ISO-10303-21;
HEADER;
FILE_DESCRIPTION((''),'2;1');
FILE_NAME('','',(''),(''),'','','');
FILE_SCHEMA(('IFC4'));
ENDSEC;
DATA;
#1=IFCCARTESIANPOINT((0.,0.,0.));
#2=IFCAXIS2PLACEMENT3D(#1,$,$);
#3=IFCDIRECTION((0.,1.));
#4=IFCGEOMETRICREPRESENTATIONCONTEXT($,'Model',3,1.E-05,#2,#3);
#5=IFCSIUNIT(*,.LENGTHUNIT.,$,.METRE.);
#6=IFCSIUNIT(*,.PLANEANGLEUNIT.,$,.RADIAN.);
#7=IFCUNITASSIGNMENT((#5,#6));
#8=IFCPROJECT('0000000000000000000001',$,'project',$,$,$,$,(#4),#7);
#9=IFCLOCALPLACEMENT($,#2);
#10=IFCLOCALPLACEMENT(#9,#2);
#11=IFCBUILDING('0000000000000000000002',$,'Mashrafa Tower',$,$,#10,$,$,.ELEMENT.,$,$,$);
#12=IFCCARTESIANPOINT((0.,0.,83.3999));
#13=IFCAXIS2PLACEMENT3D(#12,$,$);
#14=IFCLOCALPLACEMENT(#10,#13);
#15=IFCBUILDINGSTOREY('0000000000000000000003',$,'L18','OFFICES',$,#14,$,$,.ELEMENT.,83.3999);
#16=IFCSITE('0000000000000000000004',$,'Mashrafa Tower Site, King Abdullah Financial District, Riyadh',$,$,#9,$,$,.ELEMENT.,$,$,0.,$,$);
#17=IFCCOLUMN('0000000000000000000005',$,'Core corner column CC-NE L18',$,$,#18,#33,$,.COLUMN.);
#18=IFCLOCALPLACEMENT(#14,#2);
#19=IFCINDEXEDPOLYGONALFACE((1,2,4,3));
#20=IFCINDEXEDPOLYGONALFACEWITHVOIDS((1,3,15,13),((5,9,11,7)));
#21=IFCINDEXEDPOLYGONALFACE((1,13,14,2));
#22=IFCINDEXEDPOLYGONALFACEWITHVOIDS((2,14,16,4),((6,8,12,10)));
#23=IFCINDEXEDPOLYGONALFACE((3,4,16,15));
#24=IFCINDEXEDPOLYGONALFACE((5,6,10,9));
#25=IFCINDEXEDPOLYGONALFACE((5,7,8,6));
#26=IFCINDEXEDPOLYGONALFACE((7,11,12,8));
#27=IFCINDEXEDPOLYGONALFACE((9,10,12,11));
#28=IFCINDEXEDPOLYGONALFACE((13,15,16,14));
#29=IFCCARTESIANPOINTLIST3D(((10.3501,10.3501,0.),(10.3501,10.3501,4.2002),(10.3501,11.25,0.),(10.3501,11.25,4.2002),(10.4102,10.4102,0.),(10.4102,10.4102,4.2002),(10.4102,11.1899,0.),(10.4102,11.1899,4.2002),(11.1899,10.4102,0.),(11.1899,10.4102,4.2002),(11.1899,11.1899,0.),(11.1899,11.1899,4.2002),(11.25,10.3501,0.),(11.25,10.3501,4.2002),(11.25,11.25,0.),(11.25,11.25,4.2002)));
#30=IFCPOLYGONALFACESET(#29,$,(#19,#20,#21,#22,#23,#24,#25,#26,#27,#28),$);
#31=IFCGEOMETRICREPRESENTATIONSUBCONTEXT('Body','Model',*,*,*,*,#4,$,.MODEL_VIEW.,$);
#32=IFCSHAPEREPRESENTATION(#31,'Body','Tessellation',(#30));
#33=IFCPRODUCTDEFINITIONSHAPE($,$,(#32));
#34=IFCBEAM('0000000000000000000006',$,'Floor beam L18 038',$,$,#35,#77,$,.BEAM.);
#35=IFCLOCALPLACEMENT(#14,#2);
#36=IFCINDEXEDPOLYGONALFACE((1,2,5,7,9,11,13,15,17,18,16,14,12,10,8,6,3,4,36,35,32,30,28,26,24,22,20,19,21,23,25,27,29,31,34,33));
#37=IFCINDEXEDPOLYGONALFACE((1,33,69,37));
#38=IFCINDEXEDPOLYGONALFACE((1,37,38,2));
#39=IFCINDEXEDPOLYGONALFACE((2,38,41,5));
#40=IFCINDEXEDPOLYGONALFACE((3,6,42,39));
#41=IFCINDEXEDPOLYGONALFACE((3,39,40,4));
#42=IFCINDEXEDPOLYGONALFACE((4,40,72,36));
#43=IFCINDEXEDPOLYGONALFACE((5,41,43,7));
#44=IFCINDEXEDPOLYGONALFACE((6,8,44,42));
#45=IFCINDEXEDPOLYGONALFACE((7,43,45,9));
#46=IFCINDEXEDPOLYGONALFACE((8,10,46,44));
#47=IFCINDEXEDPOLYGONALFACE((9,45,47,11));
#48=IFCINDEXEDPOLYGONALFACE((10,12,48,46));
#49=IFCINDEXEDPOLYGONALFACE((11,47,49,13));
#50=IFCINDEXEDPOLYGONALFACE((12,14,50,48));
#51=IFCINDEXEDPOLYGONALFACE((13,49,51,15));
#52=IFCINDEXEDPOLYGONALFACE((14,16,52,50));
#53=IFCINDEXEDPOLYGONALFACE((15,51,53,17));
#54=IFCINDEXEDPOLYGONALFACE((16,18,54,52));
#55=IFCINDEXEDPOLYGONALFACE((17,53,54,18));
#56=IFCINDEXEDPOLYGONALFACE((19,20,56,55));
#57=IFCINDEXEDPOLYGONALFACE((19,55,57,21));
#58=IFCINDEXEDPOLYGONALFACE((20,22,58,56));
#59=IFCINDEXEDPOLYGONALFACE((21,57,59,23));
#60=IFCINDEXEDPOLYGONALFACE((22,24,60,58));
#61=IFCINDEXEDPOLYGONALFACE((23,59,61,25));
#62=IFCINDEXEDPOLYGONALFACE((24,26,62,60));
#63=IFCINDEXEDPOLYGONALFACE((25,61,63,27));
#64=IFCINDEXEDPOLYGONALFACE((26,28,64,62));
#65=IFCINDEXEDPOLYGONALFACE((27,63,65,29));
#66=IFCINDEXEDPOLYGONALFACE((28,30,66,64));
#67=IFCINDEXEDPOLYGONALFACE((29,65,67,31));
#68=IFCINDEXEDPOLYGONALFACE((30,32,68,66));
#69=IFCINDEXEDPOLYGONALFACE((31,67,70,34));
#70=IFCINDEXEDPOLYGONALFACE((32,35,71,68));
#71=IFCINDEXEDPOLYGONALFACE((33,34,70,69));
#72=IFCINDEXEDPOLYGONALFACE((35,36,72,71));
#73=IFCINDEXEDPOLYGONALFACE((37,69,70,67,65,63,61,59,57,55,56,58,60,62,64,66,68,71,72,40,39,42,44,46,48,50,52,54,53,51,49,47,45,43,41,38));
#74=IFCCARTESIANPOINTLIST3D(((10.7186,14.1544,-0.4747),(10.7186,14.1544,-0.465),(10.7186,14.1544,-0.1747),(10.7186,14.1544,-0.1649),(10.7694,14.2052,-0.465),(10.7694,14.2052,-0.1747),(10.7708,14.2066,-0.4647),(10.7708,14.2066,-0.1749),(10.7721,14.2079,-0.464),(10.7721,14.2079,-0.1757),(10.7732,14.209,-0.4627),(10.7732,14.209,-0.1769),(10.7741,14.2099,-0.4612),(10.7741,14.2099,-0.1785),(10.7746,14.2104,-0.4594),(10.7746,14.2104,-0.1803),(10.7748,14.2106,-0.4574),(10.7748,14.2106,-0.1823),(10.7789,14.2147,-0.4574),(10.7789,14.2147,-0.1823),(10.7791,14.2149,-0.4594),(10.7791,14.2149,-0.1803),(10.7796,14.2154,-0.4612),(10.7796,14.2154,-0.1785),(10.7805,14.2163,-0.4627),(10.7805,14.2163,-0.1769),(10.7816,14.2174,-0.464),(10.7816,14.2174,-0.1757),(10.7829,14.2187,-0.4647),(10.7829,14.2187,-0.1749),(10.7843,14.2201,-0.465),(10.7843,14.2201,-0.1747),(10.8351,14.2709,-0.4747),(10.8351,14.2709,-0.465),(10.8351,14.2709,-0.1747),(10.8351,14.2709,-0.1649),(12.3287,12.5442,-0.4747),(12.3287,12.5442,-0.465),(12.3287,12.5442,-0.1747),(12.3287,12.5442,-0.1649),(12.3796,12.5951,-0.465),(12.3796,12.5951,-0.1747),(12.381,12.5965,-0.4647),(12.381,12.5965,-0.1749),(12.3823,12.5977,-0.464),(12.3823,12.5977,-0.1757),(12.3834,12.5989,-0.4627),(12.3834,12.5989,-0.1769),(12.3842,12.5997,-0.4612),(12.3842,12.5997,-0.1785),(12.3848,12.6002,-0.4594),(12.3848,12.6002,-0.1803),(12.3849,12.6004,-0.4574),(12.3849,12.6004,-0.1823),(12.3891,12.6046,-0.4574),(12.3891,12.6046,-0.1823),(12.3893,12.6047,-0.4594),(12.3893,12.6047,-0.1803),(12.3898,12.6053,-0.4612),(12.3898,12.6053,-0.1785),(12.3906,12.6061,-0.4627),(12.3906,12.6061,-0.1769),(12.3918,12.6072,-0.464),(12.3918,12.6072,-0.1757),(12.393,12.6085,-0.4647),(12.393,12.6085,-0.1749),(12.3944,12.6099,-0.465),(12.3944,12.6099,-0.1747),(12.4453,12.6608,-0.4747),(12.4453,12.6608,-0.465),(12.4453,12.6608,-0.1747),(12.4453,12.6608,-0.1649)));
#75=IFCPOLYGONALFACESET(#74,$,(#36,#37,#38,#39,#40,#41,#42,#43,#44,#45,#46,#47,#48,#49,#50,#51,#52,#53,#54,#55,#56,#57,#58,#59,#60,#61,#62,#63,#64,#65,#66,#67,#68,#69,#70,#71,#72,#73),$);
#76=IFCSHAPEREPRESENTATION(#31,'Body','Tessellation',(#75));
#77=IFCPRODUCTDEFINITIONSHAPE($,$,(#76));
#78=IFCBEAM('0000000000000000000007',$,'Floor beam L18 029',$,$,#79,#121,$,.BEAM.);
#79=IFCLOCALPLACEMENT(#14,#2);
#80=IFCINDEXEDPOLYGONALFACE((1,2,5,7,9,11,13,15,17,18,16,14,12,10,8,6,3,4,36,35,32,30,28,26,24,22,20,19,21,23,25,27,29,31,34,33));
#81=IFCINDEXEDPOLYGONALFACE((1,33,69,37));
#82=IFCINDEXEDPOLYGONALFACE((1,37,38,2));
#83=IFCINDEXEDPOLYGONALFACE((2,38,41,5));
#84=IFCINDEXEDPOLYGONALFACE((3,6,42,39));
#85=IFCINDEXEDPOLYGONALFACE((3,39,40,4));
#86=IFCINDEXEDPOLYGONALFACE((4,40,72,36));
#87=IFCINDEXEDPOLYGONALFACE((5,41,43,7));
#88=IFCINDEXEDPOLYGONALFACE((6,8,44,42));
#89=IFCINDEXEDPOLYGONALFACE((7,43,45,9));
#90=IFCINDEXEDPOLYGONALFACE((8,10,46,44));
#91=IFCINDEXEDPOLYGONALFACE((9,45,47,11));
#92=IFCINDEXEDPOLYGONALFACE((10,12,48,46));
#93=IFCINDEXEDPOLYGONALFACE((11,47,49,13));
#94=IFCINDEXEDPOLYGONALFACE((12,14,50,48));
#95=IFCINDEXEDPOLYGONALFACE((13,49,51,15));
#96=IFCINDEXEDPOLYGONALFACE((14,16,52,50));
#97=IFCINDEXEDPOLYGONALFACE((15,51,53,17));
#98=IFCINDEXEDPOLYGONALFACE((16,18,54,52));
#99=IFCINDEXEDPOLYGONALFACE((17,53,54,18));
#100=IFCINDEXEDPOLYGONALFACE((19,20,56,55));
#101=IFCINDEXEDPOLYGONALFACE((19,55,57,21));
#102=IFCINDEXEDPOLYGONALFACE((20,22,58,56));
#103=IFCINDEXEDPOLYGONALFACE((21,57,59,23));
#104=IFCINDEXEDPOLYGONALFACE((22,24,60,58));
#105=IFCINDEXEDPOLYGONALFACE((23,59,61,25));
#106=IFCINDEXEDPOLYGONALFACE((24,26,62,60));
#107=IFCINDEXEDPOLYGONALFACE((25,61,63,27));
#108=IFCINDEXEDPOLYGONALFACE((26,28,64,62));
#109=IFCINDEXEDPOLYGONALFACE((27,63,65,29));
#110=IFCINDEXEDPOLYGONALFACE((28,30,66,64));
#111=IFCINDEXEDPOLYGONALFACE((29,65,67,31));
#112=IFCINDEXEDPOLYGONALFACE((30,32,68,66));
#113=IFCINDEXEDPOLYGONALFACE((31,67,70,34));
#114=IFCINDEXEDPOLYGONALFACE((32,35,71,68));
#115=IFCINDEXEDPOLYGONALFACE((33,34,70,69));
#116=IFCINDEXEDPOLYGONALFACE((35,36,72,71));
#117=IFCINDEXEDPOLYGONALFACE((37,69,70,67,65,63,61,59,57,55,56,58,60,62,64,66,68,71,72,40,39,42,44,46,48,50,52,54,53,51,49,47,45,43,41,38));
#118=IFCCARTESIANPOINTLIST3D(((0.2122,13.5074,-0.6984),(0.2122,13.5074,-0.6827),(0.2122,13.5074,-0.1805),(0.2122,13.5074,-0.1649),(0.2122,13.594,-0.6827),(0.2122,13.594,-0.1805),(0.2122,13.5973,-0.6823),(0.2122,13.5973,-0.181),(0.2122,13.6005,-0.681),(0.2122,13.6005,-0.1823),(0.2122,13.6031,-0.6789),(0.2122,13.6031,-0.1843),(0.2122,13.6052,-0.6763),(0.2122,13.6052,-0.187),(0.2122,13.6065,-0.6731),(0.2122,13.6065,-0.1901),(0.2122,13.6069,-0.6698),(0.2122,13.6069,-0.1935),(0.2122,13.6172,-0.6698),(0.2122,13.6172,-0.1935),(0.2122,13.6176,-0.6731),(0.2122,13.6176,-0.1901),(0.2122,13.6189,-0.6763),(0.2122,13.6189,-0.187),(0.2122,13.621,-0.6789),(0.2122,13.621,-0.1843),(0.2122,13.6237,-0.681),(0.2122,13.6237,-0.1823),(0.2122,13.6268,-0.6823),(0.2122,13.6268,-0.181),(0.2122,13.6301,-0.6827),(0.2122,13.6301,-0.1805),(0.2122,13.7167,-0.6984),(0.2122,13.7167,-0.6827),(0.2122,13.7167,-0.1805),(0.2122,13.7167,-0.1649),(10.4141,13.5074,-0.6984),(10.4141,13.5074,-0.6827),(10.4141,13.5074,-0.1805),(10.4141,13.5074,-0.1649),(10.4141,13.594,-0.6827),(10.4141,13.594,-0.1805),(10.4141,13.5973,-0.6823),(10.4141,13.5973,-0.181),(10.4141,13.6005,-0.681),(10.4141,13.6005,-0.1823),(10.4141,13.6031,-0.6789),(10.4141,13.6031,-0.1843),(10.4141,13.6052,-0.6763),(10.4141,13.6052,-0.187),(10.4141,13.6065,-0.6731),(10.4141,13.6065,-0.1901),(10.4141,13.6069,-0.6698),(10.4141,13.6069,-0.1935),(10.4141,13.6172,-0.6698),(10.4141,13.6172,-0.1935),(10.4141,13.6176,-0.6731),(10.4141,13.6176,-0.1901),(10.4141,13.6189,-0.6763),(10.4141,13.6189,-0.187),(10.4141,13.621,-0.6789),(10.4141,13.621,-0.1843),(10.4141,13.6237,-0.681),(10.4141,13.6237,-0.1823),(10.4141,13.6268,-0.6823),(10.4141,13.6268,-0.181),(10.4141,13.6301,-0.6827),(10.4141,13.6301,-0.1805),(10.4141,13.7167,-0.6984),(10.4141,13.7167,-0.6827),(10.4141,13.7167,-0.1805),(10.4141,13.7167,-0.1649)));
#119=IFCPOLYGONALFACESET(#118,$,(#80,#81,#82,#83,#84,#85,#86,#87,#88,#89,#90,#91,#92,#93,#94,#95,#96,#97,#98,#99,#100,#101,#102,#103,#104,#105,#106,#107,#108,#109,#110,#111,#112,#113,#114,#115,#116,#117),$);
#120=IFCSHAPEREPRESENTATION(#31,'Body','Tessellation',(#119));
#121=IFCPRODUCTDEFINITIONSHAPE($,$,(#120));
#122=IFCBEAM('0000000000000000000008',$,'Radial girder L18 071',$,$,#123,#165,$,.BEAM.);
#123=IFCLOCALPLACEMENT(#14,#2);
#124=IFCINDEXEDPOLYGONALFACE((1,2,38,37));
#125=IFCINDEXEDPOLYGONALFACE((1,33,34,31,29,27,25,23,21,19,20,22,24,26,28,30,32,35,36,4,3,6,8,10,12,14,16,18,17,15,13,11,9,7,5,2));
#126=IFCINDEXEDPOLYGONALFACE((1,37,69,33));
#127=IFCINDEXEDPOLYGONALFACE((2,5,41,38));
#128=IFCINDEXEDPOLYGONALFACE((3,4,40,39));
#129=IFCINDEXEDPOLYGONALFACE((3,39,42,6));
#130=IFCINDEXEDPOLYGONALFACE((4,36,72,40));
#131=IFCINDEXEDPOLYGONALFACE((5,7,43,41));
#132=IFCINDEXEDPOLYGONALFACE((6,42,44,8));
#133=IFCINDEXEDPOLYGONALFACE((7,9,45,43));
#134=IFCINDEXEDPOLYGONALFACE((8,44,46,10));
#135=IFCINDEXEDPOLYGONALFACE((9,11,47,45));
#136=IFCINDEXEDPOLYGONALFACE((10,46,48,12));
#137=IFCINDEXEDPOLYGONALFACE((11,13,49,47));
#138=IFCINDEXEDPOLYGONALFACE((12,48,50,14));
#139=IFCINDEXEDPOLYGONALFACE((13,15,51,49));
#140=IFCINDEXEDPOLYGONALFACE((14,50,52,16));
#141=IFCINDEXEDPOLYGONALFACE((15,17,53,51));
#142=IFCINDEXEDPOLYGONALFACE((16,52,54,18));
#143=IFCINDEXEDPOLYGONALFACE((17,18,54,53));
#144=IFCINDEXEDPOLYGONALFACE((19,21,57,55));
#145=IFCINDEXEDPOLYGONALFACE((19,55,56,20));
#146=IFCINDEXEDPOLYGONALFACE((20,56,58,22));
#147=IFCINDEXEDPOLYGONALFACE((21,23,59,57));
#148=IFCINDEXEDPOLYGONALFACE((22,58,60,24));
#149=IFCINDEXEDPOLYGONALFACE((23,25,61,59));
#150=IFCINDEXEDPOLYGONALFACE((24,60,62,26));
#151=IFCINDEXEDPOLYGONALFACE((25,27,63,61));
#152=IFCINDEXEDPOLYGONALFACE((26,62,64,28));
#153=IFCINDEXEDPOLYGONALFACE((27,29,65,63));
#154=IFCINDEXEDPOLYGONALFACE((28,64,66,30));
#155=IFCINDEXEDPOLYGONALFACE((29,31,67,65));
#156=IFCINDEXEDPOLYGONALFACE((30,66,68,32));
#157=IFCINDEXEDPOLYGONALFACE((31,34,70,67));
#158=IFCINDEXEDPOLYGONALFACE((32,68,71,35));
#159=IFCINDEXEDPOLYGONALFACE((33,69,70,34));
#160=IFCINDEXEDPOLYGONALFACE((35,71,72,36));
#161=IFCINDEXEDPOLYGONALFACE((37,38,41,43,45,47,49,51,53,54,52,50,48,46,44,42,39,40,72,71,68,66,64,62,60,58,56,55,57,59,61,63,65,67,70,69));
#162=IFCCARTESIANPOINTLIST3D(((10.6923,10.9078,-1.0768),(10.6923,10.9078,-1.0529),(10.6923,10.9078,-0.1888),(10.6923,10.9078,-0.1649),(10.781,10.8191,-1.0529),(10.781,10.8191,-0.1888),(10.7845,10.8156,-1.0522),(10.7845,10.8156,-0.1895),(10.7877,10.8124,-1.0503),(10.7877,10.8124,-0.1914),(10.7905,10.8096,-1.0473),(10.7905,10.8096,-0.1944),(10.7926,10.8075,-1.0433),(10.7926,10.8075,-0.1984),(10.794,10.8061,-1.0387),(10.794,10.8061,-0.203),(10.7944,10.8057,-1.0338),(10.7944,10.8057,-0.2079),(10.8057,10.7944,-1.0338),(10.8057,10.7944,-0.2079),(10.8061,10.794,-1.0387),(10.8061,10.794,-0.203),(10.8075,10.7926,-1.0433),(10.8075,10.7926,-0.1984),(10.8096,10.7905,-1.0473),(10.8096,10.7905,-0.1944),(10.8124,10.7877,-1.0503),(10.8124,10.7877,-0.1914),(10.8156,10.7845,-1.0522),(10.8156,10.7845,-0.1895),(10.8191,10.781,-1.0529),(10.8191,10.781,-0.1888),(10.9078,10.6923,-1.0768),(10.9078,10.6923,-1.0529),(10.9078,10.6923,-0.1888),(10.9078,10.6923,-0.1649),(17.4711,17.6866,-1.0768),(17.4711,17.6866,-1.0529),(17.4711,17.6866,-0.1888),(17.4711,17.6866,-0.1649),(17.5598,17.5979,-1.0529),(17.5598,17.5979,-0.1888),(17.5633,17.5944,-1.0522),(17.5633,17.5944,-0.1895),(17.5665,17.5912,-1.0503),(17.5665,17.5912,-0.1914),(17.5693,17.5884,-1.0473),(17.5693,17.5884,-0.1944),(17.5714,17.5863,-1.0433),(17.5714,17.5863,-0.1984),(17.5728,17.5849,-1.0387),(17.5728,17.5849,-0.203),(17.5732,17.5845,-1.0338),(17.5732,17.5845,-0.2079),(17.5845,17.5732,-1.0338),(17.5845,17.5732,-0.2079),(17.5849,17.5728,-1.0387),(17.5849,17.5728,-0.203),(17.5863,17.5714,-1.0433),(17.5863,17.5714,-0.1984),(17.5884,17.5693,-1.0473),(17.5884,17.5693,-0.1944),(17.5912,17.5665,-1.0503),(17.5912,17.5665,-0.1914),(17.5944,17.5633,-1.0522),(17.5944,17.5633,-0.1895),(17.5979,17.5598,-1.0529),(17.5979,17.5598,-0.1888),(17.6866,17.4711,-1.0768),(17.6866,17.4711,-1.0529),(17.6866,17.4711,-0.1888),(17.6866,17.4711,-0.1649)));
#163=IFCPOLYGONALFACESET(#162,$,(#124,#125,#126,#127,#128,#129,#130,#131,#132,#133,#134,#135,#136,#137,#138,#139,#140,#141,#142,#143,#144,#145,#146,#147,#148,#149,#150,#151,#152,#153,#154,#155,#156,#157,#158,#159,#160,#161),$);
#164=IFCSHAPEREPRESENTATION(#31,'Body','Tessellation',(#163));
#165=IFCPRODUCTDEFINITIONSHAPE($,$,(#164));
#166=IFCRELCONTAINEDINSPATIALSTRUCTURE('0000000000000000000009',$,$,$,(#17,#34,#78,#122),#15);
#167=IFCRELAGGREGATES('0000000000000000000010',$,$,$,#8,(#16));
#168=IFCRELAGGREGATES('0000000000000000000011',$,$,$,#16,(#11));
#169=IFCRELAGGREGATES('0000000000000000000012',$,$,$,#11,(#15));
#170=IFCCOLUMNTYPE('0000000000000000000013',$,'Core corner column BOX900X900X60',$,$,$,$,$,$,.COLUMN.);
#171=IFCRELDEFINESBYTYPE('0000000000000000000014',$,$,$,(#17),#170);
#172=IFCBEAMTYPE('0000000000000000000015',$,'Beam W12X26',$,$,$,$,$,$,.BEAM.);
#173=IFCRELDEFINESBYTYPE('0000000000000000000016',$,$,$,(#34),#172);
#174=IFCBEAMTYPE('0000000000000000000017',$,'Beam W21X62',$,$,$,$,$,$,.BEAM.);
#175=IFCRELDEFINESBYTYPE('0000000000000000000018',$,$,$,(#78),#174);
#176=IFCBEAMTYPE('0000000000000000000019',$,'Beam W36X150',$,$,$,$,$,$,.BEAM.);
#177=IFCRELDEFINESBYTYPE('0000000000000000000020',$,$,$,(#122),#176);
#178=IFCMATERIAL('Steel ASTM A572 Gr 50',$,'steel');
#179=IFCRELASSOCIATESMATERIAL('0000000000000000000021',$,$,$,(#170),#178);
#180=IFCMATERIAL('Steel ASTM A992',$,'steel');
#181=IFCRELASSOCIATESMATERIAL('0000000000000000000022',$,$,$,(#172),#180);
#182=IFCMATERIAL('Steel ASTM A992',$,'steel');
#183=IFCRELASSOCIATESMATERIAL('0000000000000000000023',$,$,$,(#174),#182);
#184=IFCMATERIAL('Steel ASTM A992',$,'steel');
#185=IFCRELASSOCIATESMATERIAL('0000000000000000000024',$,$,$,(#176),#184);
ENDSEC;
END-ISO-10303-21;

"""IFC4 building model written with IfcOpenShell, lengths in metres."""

from ifc_helpers import new_model, si_unit, direction, frame, origin, origin_2d, place, context, subcontext, project, spatial, hollow_rectangle, i_section, extrude, material, material_profile, profile_set, type_object, element, save


model = new_model("IFC4")

# Units and contexts
model_context = context("Model", 3, precision=1e-05, world=origin(), true_north=direction((0.0, 1.0)))
body_context = subcontext(model_context, "Body", "Model", "MODEL_VIEW")
ifc_project = project(units=[si_unit("LENGTHUNIT", "METRE"), si_unit("PLANEANGLEUNIT", "RADIAN")], contexts=[model_context])

# Site, building, storey
site_placement = place(None, origin())
site = spatial("IfcSite", under=ifc_project, at=site_placement, Name="Mashrafa Tower Site, King Abdullah Financial District, Riyadh", CompositionType="ELEMENT", RefElevation=0.0)
building_placement = place(site_placement, origin())
building = spatial("IfcBuilding", under=site, at=building_placement, Name="Mashrafa Tower", CompositionType="ELEMENT")
storey_placement = place(building_placement, frame((0.0, 0.0, 83.3999)))
storey = spatial("IfcBuildingStorey", under=building, at=storey_placement, Name="L18", Description="OFFICES", CompositionType="ELEMENT", Elevation=83.3999)

# Column
ifc_material_1 = material(Name="Steel ASTM A572 Gr 50", Category="steel")
ifc_material_profile_1 = material_profile(ifc_material_1, hollow_rectangle(XDim=0.8999, YDim=0.8999, WallThickness=0.0601, at=origin_2d()), Name="BOX900X900X60")
ifc_profile_set_1 = profile_set([ifc_material_profile_1], Name="Steel ASTM A572 Gr 50")
column_type = type_object("IfcColumnType", Name="Core corner column BOX900X900X60", PredefinedType="COLUMN", material=ifc_profile_set_1)
column_placement = place(storey_placement, frame((10.8, 10.8, 0.0), z_axis=(0.0, 0.0, 1.0), x_axis=(1.0, 0.0, 0.0)))
element("IfcColumn", 1, at=column_placement, inside=storey, type_object=column_type, Name="Core corner column CC-NE L18", PredefinedType="COLUMN", context=body_context, shape_type="SweptSolid", body=[
    extrude(hollow_rectangle(XDim=0.8999, YDim=0.8999, WallThickness=0.0601, at=origin_2d()), origin(), (0.0, 0.0, 1.0), 4.2002),
])

# Beams
ifc_material_2 = material(Name="Steel ASTM A992", Category="steel")
ifc_material_profile_2 = material_profile(ifc_material_2, i_section(OverallWidth=0.1648, OverallDepth=0.3098, WebThickness=0.0059, FlangeThickness=0.0098, FilletRadius=0.0076, at=origin_2d()), Name="W12X26")
ifc_profile_set_2 = profile_set([ifc_material_profile_2], Name="Steel ASTM A992")
beam_type_1 = type_object("IfcBeamType", Name="Beam W12X26", PredefinedType="BEAM", material=ifc_profile_set_2)
beam_1_placement = place(storey_placement, frame((10.7769, 14.2126, -0.3198), z_axis=(0.707107, -0.707107, 0.0), x_axis=(0.707107, 0.707107, 0.0)))
element("IfcBeam", 2, at=beam_1_placement, inside=storey, type_object=beam_type_1, Name="Floor beam L18 038", PredefinedType="BEAM", context=body_context, shape_type="SweptSolid", body=[
    extrude(i_section(OverallWidth=0.1648, OverallDepth=0.3098, WebThickness=0.0059, FlangeThickness=0.0098, FilletRadius=0.0076, at=origin_2d()), origin(), (0.0, 0.0, 1.0), 2.2771),
])
ifc_material_3 = material(Name="Steel ASTM A992", Category="steel")
ifc_material_profile_3 = material_profile(ifc_material_3, i_section(OverallWidth=0.2092, OverallDepth=0.5334, WebThickness=0.0103, FlangeThickness=0.0156, FilletRadius=0.0129, at=origin_2d()), Name="W21X62")
ifc_profile_set_3 = profile_set([ifc_material_profile_3], Name="Steel ASTM A992")
beam_type_2 = type_object("IfcBeamType", Name="Beam W21X62", PredefinedType="BEAM", material=ifc_profile_set_3)
beam_2_placement = place(storey_placement, frame((0.2122, 13.6121, -0.4316), z_axis=(1.0, 0.0, 0.0), x_axis=(0.0, 1.0, 0.0)))
element("IfcBeam", 3, at=beam_2_placement, inside=storey, type_object=beam_type_2, Name="Floor beam L18 029", PredefinedType="BEAM", context=body_context, shape_type="SweptSolid", body=[
    extrude(i_section(OverallWidth=0.2092, OverallDepth=0.5334, WebThickness=0.0103, FlangeThickness=0.0156, FilletRadius=0.0129, at=origin_2d()), origin(), (0.0, 0.0, 1.0), 10.2019),
])
ifc_material_4 = material(Name="Steel ASTM A992", Category="steel")
ifc_material_profile_4 = material_profile(ifc_material_4, i_section(OverallWidth=0.3047, OverallDepth=0.9119, WebThickness=0.0159, FlangeThickness=0.0239, FilletRadius=0.019, at=origin_2d()), Name="W36X150")
ifc_profile_set_4 = profile_set([ifc_material_profile_4], Name="Steel ASTM A992")
beam_type_3 = type_object("IfcBeamType", Name="Beam W36X150", PredefinedType="BEAM", material=ifc_profile_set_4)
beam_3_placement = place(storey_placement, frame((10.8, 10.8, -0.6208), z_axis=(0.707107, 0.707107, 0.0), x_axis=(-0.707107, 0.707107, 0.0)))
element("IfcBeam", 4, at=beam_3_placement, inside=storey, type_object=beam_type_3, Name="Radial girder L18 071", PredefinedType="BEAM", context=body_context, shape_type="SweptSolid", body=[
    extrude(i_section(OverallWidth=0.3047, OverallDepth=0.9119, WebThickness=0.0159, FlangeThickness=0.0239, FilletRadius=0.019, at=origin_2d()), origin(), (0.0, 0.0, 1.0), 9.5867),
])

save(model, "model.ifc")
